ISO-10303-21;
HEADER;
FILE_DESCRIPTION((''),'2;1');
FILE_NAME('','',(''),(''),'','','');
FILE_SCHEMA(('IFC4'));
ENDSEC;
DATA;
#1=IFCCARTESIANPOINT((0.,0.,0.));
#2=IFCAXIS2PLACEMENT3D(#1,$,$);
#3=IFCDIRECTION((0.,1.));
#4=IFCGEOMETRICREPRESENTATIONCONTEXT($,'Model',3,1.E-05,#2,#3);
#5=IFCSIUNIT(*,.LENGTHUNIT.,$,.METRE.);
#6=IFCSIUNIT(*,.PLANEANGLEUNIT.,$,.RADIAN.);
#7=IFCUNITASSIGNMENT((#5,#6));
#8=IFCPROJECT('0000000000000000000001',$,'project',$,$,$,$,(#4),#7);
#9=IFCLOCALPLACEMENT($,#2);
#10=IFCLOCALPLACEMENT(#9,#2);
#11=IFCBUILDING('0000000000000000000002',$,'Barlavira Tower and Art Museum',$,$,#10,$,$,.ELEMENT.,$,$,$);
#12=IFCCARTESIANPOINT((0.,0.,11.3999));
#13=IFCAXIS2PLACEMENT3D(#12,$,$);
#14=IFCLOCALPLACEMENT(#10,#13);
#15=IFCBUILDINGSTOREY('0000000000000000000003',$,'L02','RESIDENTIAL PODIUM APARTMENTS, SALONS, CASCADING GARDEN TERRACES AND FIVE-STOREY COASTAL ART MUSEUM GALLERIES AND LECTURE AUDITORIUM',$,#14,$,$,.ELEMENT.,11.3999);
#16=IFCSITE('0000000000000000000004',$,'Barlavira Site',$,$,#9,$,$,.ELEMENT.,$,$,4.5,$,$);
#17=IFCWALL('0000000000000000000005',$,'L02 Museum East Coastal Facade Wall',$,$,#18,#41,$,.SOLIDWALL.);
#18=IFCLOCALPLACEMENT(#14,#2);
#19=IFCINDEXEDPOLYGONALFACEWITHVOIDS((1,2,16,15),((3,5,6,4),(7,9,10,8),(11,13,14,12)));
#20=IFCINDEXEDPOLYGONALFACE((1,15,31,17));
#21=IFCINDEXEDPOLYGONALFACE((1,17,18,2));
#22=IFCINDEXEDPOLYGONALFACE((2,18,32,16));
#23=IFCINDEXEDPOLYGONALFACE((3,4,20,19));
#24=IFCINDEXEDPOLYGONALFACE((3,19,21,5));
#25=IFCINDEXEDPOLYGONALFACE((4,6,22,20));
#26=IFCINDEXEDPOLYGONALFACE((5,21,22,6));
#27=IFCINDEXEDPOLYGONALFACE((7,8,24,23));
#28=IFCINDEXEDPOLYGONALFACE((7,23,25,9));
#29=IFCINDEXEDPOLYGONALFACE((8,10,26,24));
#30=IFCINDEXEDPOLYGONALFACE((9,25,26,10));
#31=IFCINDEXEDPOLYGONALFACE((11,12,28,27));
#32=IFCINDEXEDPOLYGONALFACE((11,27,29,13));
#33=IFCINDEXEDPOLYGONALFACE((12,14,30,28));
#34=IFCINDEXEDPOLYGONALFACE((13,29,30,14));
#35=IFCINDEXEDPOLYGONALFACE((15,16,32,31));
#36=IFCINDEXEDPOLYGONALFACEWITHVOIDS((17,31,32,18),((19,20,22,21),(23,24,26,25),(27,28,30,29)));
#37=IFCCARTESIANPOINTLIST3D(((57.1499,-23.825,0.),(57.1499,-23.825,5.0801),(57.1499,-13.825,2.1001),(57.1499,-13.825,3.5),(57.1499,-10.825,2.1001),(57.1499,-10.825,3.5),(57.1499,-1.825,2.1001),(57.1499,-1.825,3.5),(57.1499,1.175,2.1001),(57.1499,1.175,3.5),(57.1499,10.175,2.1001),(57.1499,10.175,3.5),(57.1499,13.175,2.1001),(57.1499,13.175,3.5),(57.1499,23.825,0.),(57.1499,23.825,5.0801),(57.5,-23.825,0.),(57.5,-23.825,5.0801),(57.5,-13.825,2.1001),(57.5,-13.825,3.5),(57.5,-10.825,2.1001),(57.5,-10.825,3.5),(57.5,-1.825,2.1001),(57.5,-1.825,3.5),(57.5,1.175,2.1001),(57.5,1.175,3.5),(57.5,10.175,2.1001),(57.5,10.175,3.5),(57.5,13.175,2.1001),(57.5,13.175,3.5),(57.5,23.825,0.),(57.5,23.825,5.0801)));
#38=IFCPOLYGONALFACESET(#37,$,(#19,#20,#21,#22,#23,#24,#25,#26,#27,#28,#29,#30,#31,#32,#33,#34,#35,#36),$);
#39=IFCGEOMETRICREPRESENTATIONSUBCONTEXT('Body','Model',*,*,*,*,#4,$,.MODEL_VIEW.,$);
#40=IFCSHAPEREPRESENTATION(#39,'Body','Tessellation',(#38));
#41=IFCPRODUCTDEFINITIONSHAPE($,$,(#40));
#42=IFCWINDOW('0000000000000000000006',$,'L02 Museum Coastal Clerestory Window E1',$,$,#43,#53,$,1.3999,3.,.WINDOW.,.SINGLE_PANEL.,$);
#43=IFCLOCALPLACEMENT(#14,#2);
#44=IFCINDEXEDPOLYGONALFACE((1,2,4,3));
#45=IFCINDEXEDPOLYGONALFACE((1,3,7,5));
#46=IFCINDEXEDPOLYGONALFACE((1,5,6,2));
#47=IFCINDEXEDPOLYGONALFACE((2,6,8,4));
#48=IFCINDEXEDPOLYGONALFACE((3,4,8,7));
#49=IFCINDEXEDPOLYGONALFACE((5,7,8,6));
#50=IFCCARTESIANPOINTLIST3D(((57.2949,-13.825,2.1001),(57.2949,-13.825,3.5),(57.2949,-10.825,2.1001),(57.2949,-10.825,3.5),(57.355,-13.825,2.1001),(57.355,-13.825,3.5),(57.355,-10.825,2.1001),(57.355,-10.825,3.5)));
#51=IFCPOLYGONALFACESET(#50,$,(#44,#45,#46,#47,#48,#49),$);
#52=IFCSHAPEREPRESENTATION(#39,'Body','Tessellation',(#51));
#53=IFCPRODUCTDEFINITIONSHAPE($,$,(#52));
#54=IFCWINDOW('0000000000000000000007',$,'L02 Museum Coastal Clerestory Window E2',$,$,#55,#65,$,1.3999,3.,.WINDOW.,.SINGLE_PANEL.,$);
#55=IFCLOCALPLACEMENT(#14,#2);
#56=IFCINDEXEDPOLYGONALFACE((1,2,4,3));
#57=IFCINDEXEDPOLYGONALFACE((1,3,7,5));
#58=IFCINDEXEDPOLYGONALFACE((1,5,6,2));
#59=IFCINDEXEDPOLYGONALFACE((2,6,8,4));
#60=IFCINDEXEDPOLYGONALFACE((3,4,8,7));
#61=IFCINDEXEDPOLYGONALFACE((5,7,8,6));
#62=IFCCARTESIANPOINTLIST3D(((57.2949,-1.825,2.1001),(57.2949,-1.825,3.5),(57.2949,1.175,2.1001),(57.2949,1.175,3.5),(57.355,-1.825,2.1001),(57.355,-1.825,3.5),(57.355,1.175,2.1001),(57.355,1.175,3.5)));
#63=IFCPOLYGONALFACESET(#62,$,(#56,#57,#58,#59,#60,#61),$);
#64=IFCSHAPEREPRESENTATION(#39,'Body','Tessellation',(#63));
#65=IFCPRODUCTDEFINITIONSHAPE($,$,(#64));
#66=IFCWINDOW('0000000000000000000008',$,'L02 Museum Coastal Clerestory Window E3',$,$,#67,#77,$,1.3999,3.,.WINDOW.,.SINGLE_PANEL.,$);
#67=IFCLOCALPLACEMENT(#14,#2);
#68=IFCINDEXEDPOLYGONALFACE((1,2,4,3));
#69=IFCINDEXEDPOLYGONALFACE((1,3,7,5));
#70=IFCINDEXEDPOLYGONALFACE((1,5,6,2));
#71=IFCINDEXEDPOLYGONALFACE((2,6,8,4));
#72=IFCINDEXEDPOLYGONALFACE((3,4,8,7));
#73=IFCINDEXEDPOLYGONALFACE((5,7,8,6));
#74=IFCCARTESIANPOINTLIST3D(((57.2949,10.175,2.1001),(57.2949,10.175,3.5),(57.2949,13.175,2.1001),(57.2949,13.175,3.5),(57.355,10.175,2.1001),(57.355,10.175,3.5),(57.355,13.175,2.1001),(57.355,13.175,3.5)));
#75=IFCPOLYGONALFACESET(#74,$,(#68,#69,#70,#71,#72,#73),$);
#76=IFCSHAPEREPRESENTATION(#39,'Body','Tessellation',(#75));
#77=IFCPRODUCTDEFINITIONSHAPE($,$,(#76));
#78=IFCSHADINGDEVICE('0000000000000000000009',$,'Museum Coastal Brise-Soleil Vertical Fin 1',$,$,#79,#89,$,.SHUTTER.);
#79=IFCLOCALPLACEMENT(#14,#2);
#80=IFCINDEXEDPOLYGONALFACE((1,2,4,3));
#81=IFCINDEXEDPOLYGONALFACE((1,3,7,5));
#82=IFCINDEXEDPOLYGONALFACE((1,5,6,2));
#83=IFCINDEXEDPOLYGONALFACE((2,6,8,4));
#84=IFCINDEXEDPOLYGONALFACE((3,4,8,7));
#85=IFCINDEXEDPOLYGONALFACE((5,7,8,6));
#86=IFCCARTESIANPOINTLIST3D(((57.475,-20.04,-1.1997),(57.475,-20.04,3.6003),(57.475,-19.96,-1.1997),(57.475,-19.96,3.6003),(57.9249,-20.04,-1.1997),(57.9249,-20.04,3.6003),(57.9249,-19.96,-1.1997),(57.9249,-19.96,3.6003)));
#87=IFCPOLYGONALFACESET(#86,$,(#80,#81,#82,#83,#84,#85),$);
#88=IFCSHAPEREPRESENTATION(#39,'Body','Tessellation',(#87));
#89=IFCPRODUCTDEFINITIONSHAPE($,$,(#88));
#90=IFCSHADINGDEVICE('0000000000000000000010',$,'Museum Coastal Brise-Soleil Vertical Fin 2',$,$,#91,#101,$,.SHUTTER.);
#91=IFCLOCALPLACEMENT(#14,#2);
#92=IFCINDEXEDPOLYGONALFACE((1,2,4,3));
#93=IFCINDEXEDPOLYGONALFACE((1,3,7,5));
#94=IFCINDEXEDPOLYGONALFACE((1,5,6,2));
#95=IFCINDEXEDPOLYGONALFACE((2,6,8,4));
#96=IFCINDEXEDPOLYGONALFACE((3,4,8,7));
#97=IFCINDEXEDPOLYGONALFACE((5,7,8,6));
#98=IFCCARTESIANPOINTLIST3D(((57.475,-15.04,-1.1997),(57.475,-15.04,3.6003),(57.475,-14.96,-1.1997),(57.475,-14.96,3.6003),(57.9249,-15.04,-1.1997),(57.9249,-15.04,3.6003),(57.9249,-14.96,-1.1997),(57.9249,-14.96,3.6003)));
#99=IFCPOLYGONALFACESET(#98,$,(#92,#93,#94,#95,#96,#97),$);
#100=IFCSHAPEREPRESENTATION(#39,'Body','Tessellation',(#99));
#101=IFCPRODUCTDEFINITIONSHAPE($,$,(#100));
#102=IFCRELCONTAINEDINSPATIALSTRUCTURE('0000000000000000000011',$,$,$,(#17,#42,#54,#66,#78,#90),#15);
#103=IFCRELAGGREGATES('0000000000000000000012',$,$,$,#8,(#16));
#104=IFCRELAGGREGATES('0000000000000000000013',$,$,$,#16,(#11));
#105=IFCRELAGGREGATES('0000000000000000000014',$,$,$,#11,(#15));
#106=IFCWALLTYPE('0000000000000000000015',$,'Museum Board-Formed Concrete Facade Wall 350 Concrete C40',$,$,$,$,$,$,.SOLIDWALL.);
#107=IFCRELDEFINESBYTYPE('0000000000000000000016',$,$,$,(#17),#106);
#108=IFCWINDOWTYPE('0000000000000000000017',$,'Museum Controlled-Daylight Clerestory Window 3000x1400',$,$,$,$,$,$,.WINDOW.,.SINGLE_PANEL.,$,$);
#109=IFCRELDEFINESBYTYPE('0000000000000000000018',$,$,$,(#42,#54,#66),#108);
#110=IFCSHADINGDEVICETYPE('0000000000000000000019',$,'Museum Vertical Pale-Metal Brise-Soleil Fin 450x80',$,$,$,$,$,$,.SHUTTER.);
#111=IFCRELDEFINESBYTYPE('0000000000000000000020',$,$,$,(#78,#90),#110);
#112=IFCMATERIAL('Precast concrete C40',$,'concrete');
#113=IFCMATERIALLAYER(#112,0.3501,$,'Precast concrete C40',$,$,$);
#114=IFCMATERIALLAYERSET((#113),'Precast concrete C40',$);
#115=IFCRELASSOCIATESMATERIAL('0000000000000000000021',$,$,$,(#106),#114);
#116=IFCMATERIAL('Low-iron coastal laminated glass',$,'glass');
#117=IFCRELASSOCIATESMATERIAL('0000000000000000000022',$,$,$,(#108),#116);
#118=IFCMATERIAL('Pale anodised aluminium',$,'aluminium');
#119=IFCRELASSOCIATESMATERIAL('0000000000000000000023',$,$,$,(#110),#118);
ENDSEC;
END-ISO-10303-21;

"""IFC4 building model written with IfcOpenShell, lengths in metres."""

from ifc_helpers import new_model, si_unit, direction, frame, frame_2d, origin, origin_2d, place, context, subcontext, project, spatial, rectangle, extrude, material, layer, layer_set, type_object, element, fill, save


model = new_model("IFC4")

# Units and contexts
model_context = context("Model", 3, precision=1e-05, world=origin(), true_north=direction((0.0, 1.0)))
body_context = subcontext(model_context, "Body", "Model", "MODEL_VIEW")
ifc_project = project(units=[si_unit("LENGTHUNIT", "METRE"), si_unit("PLANEANGLEUNIT", "RADIAN")], contexts=[model_context])

# Site, building, storey
site_placement = place(None, origin())
site = spatial("IfcSite", under=ifc_project, at=site_placement, Name="Barlavira Site", CompositionType="ELEMENT", RefElevation=4.5)
building_placement = place(site_placement, origin())
building = spatial("IfcBuilding", under=site, at=building_placement, Name="Barlavira Tower and Art Museum", CompositionType="ELEMENT")
storey_placement = place(building_placement, frame((0.0, 0.0, 11.3999)))
storey = spatial("IfcBuildingStorey", under=building, at=storey_placement, Name="L02", Description="RESIDENTIAL PODIUM APARTMENTS, SALONS, CASCADING GARDEN TERRACES AND FIVE-STOREY COASTAL ART MUSEUM GALLERIES AND LECTURE AUDITORIUM", CompositionType="ELEMENT", Elevation=11.3999)

# Wall, openings, windows
ifc_material_1 = material(Name="Precast concrete C40", Category="concrete")
ifc_layer_1 = layer(ifc_material_1, 0.3501, Name="Precast concrete C40")
ifc_layer_set_1 = layer_set([ifc_layer_1], Name="Precast concrete C40")
wall_type_1 = type_object("IfcWallType", Name="Museum Board-Formed Concrete Facade Wall 350 Concrete C40", PredefinedType="SOLIDWALL", material=ifc_layer_set_1)
ifc_material_2 = material(Name="Low-iron coastal laminated glass", Category="glass")
window_type = type_object("IfcWindowType", Name="Museum Controlled-Daylight Clerestory Window 3000x1400", PartitioningType="SINGLE_PANEL", PredefinedType="WINDOW", material=ifc_material_2)
wall_1_placement = place(storey_placement, frame((57.325, -23.825, 0.0), z_axis=(0.0, 0.0, 1.0), x_axis=(0.0, 1.0, 0.0)))
wall_1 = element("IfcWall", 1, at=wall_1_placement, inside=storey, type_object=wall_type_1, Name="L02 Museum East Coastal Facade Wall", PredefinedType="SOLIDWALL", context=body_context, shape_type="SweptSolid", body=[
    extrude(rectangle(XDim=47.6499, YDim=0.3501, at=frame_2d((23.825, 0.0))), origin(), (0.0, 0.0, 1.0), 5.0801),
])
opening_1_placement = place(wall_1_placement, frame((10.0, 0.0, 2.1001)))
opening_1 = element("IfcOpeningElement", 2, at=opening_1_placement, cuts=wall_1, PredefinedType="OPENING", context=body_context, shape_type="SweptSolid", body=[
    extrude(rectangle(XDim=3.0, YDim=1.3999, at=frame_2d((1.5, 0.7))), frame((0.0, 0.1851, 0.0), z_axis=(0.0, -1.0, 0.0), x_axis=(1.0, 0.0, 0.0)), (0.0, 0.0, 1.0), 0.3701),
])
opening_2_placement = place(wall_1_placement, frame((22.0, 0.0, 2.1001)))
opening_2 = element("IfcOpeningElement", 3, at=opening_2_placement, cuts=wall_1, PredefinedType="OPENING", context=body_context, shape_type="SweptSolid", body=[
    extrude(rectangle(XDim=3.0, YDim=1.3999, at=frame_2d((1.5, 0.7))), frame((0.0, 0.1851, 0.0), z_axis=(0.0, -1.0, 0.0), x_axis=(1.0, 0.0, 0.0)), (0.0, 0.0, 1.0), 0.3701),
])
opening_3_placement = place(wall_1_placement, frame((34.0, 0.0, 2.1001)))
opening_3 = element("IfcOpeningElement", 4, at=opening_3_placement, cuts=wall_1, PredefinedType="OPENING", context=body_context, shape_type="SweptSolid", body=[
    extrude(rectangle(XDim=3.0, YDim=1.3999, at=frame_2d((1.5, 0.7))), frame((0.0, 0.1851, 0.0), z_axis=(0.0, -1.0, 0.0), x_axis=(1.0, 0.0, 0.0)), (0.0, 0.0, 1.0), 0.3701),
])
window_1_placement = place(opening_1_placement, origin())
window_1 = element("IfcWindow", 5, at=window_1_placement, inside=storey, type_object=window_type, Name="L02 Museum Coastal Clerestory Window E1", OverallHeight=1.3999, OverallWidth=3.0, PartitioningType="SINGLE_PANEL", PredefinedType="WINDOW", context=body_context, shape_type="SweptSolid", body=[
    extrude(rectangle(XDim=3.0, YDim=1.3999, at=frame_2d((1.5, 0.7))), frame((0.0, 0.03, 0.0), z_axis=(0.0, -1.0, 0.0), x_axis=(1.0, 0.0, 0.0)), (0.0, 0.0, 1.0), 0.0601),
])
fill(opening_1, window_1)
window_2_placement = place(opening_2_placement, origin())
window_2 = element("IfcWindow", 6, at=window_2_placement, inside=storey, type_object=window_type, Name="L02 Museum Coastal Clerestory Window E2", OverallHeight=1.3999, OverallWidth=3.0, PartitioningType="SINGLE_PANEL", PredefinedType="WINDOW", context=body_context, shape_type="SweptSolid", body=[
    extrude(rectangle(XDim=3.0, YDim=1.3999, at=frame_2d((1.5, 0.7))), frame((0.0, 0.03, 0.0), z_axis=(0.0, -1.0, 0.0), x_axis=(1.0, 0.0, 0.0)), (0.0, 0.0, 1.0), 0.0601),
])
fill(opening_2, window_2)
window_3_placement = place(opening_3_placement, origin())
window_3 = element("IfcWindow", 7, at=window_3_placement, inside=storey, type_object=window_type, Name="L02 Museum Coastal Clerestory Window E3", OverallHeight=1.3999, OverallWidth=3.0, PartitioningType="SINGLE_PANEL", PredefinedType="WINDOW", context=body_context, shape_type="SweptSolid", body=[
    extrude(rectangle(XDim=3.0, YDim=1.3999, at=frame_2d((1.5, 0.7))), frame((0.0, 0.03, 0.0), z_axis=(0.0, -1.0, 0.0), x_axis=(1.0, 0.0, 0.0)), (0.0, 0.0, 1.0), 0.0601),
])
fill(opening_3, window_3)

# Shading devices
ifc_material_3 = material(Name="Pale anodised aluminium", Category="aluminium")
shading_device_type = type_object("IfcShadingDeviceType", Name="Museum Vertical Pale-Metal Brise-Soleil Fin 450x80", PredefinedType="SHUTTER", material=ifc_material_3)
for number, where, z_axis, x_axis, name in (
    (8, (57.7, -20.0, -1.1997), (0.0, 0.0, 1.0), (1.0, 0.0, 0.0), "Museum Coastal Brise-Soleil Vertical Fin 1"),
    (9, (57.7, -15.0, -1.1997), (0.0, 0.0, 1.0), (1.0, 0.0, 0.0), "Museum Coastal Brise-Soleil Vertical Fin 2"),
):
    element("IfcShadingDevice", number, at=place(storey_placement, frame(where, z_axis=z_axis, x_axis=x_axis)), inside=storey, type_object=shading_device_type, Name=name, PredefinedType="SHUTTER", context=body_context, shape_type="SweptSolid", body=[
        extrude(rectangle(XDim=0.45, YDim=0.0801, at=origin_2d()), origin(), (0.0, 0.0, 1.0), 4.8),
    ])

save(model, "model.ifc")
